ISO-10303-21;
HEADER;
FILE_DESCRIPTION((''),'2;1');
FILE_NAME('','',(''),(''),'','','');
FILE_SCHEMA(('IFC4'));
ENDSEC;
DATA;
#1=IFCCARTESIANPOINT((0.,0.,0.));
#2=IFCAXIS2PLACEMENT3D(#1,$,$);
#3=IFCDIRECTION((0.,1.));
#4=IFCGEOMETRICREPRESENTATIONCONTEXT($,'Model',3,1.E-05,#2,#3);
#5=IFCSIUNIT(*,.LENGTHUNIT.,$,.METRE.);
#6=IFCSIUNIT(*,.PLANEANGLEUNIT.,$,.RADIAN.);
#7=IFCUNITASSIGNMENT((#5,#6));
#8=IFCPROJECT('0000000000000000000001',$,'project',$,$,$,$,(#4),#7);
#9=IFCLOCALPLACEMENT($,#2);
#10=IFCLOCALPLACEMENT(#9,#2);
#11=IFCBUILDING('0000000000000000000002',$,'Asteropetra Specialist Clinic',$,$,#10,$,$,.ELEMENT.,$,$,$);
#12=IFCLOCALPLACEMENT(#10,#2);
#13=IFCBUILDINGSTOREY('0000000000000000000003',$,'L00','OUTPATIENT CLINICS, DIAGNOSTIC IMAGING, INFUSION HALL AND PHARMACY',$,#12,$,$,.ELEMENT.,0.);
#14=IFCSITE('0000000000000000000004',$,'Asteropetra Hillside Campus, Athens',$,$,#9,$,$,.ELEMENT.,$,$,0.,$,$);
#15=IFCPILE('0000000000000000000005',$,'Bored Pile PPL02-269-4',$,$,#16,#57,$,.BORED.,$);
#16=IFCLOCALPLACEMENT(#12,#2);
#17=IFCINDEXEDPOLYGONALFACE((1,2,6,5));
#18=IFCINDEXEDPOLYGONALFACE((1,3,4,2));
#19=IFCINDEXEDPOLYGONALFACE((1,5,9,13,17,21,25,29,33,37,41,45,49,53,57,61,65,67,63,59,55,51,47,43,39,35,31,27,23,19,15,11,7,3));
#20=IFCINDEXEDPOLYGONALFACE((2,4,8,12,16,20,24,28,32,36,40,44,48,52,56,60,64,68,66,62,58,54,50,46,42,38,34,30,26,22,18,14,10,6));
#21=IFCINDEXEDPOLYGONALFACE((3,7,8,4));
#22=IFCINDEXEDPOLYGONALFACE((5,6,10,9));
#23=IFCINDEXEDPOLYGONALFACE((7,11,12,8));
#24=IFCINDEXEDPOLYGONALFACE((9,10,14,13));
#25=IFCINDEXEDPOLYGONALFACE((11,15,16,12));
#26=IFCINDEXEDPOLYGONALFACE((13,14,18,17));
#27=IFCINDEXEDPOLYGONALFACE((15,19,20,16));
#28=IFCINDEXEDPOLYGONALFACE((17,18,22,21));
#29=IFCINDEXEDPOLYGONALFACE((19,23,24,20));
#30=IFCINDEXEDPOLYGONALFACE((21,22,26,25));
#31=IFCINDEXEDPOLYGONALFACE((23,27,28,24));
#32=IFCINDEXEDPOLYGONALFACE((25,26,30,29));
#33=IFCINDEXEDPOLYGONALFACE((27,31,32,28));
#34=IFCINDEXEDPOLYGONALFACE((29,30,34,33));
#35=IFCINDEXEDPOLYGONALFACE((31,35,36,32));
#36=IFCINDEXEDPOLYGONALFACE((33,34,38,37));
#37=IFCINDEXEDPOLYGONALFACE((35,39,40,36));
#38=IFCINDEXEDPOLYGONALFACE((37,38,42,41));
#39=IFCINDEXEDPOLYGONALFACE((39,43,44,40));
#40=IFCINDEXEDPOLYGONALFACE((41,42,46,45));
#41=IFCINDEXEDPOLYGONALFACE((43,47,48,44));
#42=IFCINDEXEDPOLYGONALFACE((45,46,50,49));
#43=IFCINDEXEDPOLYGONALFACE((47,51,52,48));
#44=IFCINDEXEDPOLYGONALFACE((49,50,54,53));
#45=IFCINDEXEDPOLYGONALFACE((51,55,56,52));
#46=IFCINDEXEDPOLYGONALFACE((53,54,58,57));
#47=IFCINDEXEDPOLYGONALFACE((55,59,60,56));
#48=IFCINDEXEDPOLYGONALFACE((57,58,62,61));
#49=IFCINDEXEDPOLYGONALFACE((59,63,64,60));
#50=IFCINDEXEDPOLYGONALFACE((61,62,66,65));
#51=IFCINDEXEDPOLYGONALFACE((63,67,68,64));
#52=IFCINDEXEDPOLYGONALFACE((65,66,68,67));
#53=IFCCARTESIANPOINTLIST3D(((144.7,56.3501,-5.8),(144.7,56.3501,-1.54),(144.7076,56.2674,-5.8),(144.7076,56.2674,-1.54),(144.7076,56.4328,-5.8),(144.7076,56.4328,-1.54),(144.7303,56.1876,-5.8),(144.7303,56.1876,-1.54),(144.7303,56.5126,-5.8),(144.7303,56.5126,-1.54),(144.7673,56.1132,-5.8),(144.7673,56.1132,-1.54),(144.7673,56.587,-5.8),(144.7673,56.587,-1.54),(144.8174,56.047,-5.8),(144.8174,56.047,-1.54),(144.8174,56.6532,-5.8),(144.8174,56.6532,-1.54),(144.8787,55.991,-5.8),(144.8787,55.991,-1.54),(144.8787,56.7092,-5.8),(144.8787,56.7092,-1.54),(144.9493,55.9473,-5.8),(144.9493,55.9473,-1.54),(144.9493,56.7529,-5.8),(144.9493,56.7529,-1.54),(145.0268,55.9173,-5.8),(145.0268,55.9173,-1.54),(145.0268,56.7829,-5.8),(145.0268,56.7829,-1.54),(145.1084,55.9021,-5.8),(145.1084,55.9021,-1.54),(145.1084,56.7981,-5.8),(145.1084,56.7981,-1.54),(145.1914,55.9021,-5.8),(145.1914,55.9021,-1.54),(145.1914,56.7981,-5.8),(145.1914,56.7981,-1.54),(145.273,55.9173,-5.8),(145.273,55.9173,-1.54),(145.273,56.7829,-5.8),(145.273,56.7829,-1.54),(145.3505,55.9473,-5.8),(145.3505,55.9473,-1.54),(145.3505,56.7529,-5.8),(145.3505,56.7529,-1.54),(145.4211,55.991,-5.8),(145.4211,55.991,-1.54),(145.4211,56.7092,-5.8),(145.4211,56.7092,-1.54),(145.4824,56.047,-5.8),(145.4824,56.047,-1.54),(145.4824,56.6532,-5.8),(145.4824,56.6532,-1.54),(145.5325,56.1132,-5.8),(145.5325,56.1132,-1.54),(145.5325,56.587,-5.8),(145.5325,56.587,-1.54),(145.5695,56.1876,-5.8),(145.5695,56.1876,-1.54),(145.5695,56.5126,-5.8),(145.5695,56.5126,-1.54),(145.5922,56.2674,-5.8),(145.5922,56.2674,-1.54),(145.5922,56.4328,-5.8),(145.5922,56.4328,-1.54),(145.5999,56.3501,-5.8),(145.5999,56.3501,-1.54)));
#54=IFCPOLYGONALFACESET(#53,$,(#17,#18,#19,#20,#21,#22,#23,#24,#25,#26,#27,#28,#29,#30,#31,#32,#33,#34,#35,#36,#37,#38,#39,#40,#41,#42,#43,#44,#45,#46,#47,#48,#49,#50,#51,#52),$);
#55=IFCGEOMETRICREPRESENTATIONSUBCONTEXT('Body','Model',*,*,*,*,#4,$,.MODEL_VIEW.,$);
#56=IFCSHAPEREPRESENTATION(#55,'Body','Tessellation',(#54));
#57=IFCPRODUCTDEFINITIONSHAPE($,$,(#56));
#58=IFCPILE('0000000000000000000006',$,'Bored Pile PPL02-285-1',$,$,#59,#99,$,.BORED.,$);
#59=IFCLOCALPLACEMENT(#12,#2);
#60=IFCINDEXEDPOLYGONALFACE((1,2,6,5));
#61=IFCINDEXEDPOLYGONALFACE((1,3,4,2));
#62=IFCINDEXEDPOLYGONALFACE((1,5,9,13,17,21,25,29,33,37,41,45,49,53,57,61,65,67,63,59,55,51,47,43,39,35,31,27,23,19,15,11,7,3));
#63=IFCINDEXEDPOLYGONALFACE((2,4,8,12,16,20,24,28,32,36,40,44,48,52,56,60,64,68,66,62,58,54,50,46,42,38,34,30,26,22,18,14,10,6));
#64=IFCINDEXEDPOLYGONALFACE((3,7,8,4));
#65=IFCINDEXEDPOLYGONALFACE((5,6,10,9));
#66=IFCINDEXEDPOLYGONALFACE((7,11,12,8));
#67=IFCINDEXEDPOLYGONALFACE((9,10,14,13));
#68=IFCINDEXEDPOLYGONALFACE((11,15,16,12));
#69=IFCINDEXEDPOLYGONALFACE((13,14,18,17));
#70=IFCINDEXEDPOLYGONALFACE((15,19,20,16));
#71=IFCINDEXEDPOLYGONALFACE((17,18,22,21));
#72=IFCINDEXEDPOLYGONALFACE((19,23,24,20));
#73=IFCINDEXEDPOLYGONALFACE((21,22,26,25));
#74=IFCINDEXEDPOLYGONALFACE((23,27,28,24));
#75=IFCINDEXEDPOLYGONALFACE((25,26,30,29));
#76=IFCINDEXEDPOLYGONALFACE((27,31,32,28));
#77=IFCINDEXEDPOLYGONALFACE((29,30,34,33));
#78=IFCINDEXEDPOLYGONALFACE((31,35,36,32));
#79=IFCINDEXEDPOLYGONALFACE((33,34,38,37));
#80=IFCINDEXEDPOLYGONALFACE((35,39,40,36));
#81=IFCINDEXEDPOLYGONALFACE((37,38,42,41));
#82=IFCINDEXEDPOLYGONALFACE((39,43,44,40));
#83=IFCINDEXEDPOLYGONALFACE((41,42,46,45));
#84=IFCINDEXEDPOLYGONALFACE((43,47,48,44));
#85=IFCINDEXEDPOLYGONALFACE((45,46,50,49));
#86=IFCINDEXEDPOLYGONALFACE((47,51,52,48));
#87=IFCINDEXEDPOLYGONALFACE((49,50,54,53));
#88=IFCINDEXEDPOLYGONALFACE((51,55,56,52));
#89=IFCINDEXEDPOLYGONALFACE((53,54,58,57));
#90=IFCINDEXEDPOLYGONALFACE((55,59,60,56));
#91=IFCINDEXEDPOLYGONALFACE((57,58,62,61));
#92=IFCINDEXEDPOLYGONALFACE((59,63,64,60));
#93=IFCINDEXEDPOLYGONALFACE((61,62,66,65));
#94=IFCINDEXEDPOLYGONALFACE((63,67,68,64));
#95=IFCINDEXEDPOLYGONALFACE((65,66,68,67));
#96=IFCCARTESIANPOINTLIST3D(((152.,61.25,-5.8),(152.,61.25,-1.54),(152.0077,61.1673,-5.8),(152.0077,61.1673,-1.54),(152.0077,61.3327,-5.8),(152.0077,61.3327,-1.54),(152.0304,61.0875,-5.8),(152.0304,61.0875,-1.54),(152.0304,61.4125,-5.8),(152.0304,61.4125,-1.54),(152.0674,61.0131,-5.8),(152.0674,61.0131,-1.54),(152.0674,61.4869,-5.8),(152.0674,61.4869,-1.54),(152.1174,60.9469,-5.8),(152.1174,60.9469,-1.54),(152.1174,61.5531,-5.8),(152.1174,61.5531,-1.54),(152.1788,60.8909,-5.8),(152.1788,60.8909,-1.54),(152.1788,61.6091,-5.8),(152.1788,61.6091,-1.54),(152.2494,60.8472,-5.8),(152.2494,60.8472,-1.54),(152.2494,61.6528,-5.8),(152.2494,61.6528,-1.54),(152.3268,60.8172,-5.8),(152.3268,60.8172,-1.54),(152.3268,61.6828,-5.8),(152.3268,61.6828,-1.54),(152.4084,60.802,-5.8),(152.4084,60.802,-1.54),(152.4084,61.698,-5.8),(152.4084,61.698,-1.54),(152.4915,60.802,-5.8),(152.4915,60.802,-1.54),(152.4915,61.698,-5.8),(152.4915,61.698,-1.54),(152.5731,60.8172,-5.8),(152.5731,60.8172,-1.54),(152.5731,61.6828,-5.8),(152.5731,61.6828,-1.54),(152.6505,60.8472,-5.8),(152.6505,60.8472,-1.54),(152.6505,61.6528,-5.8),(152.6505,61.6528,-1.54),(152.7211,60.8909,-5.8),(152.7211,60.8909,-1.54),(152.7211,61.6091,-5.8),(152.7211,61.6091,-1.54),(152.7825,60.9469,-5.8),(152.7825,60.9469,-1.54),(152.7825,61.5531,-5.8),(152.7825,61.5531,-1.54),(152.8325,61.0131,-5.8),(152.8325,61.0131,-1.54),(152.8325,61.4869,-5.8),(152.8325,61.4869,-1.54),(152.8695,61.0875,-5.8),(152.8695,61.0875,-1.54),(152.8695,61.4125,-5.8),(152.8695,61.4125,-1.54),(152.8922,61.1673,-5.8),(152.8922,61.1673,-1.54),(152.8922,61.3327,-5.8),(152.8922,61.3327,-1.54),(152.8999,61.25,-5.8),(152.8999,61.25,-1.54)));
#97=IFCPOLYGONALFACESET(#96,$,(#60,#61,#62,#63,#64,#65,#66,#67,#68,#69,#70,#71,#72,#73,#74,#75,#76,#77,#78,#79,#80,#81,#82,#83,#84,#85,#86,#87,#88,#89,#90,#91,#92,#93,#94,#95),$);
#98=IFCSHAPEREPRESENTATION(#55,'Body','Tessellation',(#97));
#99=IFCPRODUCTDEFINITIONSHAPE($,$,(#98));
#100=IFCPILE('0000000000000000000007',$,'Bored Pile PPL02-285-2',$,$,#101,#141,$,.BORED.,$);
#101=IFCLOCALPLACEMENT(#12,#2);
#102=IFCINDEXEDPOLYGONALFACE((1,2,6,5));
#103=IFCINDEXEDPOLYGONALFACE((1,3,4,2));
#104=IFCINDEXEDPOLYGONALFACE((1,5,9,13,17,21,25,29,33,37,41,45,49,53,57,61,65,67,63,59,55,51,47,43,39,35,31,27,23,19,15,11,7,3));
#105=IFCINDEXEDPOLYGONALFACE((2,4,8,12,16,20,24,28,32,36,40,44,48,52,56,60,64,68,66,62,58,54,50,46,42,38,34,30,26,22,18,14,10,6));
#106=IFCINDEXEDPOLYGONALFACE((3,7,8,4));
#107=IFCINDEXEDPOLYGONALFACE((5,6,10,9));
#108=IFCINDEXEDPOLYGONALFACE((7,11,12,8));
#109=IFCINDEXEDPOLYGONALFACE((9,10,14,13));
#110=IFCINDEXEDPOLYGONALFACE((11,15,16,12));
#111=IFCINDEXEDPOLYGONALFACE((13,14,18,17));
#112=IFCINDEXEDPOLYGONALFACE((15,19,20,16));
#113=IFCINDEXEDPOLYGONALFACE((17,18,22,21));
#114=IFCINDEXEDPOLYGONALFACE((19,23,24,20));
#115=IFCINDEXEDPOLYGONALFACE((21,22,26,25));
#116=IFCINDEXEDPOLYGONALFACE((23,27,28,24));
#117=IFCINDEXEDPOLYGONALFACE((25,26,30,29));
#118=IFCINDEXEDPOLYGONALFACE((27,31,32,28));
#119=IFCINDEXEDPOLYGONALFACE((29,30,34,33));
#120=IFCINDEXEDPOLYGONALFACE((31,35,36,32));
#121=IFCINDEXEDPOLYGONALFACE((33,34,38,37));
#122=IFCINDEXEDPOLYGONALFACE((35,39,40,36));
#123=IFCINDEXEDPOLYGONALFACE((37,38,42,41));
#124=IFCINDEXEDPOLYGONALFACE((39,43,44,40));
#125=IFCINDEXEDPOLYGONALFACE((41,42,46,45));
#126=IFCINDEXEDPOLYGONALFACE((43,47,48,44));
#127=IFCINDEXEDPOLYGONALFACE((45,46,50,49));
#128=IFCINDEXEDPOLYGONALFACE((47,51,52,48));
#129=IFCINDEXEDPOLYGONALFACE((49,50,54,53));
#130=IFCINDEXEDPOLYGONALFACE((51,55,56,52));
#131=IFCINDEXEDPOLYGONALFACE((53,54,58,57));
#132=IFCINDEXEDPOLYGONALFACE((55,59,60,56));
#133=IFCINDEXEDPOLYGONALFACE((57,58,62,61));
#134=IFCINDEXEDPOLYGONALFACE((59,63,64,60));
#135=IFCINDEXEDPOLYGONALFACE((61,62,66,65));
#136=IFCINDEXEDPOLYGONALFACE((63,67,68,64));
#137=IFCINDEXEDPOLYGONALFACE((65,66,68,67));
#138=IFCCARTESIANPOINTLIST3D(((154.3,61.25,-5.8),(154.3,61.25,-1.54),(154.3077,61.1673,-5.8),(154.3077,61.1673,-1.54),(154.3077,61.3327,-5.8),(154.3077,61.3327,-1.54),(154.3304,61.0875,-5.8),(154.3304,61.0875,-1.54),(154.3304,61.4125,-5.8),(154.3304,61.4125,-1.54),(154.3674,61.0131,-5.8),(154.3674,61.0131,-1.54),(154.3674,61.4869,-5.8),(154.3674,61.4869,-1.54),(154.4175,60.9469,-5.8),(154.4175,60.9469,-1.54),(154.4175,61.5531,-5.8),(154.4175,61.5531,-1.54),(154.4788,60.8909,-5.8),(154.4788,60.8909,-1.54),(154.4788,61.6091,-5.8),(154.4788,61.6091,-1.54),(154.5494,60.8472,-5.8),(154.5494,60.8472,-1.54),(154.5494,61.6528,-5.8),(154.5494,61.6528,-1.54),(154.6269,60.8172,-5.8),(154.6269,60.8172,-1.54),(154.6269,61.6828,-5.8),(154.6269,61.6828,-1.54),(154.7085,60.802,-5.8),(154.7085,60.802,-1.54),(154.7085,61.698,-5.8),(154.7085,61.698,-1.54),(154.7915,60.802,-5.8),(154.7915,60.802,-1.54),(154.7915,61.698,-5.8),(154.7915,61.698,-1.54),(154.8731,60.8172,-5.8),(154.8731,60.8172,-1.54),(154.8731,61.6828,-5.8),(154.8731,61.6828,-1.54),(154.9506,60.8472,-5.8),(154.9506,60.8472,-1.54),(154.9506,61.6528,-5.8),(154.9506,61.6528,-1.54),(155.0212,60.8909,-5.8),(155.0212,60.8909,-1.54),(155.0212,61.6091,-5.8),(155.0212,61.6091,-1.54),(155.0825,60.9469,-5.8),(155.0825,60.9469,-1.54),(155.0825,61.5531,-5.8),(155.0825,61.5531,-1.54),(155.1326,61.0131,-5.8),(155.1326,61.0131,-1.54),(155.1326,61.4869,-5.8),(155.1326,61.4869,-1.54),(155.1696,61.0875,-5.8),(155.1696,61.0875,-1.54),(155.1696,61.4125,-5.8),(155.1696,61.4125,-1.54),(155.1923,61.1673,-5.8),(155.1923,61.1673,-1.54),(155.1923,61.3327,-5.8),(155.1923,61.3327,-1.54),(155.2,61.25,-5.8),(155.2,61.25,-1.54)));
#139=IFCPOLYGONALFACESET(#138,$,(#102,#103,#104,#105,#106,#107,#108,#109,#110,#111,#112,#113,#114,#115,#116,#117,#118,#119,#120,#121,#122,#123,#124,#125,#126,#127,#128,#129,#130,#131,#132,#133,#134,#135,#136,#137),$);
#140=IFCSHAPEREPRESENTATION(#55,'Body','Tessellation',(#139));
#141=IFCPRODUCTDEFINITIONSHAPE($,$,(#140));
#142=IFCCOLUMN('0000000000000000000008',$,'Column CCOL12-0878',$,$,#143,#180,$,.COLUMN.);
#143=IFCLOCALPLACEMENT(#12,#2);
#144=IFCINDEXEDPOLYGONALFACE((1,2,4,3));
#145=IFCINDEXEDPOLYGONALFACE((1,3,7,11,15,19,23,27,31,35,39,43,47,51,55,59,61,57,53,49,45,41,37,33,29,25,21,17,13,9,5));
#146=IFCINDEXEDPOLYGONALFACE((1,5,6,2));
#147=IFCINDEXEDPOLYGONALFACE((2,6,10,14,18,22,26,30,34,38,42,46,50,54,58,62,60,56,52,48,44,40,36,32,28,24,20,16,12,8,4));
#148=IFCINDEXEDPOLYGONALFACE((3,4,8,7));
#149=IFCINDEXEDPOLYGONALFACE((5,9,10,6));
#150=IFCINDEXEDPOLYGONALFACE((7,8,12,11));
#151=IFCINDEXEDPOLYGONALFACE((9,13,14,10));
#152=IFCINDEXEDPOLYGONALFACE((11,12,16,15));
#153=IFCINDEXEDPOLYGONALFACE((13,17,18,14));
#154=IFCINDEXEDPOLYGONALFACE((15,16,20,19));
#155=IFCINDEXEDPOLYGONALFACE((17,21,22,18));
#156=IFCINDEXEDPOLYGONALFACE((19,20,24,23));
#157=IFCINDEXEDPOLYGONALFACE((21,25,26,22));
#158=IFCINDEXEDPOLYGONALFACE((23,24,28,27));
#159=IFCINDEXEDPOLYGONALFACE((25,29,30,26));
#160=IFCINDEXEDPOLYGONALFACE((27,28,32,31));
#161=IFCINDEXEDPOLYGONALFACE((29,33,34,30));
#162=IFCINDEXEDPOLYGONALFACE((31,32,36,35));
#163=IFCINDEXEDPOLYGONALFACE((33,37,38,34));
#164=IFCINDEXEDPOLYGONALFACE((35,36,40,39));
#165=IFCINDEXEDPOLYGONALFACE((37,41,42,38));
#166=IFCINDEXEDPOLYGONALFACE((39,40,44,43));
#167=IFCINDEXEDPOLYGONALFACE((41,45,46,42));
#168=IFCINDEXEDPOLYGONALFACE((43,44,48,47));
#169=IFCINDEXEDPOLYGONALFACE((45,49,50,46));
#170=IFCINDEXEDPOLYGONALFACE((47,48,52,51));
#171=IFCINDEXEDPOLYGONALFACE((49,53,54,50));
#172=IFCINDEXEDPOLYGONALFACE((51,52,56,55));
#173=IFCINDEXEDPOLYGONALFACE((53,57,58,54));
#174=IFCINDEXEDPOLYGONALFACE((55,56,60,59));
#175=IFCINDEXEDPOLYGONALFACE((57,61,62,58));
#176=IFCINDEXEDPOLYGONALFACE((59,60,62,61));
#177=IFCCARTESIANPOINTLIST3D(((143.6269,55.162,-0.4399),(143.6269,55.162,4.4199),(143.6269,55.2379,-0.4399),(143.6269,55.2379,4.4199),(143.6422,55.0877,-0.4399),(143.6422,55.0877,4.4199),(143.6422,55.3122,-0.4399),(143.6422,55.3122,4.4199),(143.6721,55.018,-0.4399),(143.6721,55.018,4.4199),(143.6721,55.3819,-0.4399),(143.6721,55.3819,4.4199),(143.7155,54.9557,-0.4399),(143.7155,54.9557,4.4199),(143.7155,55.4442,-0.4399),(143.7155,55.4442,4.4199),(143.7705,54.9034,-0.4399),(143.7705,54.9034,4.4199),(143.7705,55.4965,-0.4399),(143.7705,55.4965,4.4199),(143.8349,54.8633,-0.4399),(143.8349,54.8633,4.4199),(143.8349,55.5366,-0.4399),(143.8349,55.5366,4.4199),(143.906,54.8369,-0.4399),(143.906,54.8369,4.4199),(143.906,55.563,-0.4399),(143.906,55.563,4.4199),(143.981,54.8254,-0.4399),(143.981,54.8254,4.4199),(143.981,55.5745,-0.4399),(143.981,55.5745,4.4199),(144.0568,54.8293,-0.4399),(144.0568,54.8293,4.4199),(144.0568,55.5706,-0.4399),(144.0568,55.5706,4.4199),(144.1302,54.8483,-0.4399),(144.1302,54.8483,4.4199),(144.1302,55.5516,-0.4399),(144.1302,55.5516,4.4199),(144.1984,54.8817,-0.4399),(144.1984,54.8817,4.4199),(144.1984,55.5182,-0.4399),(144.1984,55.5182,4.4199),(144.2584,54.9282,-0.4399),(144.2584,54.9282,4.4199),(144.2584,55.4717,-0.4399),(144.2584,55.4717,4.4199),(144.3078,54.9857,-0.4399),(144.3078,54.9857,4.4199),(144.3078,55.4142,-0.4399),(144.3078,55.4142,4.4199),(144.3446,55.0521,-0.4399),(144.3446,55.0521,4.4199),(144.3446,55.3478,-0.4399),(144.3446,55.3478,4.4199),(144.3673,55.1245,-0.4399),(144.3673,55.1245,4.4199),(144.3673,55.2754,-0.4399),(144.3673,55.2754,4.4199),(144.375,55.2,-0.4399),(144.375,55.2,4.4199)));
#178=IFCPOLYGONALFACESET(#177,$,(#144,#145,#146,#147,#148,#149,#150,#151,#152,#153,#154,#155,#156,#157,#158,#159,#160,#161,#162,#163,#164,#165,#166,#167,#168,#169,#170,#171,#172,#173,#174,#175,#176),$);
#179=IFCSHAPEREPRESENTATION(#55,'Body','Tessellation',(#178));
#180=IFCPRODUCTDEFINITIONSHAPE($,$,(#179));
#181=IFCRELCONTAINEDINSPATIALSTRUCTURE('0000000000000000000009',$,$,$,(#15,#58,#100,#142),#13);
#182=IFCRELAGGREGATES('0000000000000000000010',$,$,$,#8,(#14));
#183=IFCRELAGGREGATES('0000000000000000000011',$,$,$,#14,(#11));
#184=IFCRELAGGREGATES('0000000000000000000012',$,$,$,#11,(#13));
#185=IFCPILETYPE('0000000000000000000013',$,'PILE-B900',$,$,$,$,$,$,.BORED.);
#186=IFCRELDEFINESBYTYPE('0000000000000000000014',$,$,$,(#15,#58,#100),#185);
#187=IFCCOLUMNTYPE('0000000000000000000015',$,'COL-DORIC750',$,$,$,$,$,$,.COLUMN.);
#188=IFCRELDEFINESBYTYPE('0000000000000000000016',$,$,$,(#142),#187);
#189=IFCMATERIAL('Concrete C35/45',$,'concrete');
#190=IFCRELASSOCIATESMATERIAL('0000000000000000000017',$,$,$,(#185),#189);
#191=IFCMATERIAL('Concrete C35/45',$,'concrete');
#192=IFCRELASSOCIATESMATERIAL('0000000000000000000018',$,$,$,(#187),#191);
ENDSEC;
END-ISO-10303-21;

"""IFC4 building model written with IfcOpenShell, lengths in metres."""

from ifc_helpers import new_model, si_unit, direction, frame, origin, origin_2d, place, context, subcontext, project, spatial, circle, extrude, material, material_profile, profile_set, type_object, element, save


model = new_model("IFC4")

# Units and contexts
model_context = context("Model", 3, precision=1e-05, world=origin(), true_north=direction((0.0, 1.0)))
body_context = subcontext(model_context, "Body", "Model", "MODEL_VIEW")
ifc_project = project(units=[si_unit("LENGTHUNIT", "METRE"), si_unit("PLANEANGLEUNIT", "RADIAN")], contexts=[model_context])

# Site, building, storey
site_placement = place(None, origin())
site = spatial("IfcSite", under=ifc_project, at=site_placement, Name="Asteropetra Hillside Campus, Athens", CompositionType="ELEMENT", RefElevation=0.0)
building_placement = place(site_placement, origin())
building = spatial("IfcBuilding", under=site, at=building_placement, Name="Asteropetra Specialist Clinic", CompositionType="ELEMENT")
storey_placement = place(building_placement, origin())
storey = spatial("IfcBuildingStorey", under=building, at=storey_placement, Name="L00", Description="OUTPATIENT CLINICS, DIAGNOSTIC IMAGING, INFUSION HALL AND PHARMACY", CompositionType="ELEMENT", Elevation=0.0)

# Piles
ifc_material_1 = material(Name="Concrete C35/45", Category="concrete")
ifc_material_profile_1 = material_profile(ifc_material_1, circle(Radius=0.45, at=origin_2d()), Name="PILE D900")
ifc_profile_set_1 = profile_set([ifc_material_profile_1], Name="Concrete C35/45")
pile_type_1 = type_object("IfcPileType", Name="PILE-B900", PredefinedType="BORED", material=ifc_profile_set_1)
for number, where, z_axis, x_axis, name in (
    (1, (145.1499, 56.3501, -1.54), (0.0, 0.0, -1.0), (1.0, 0.0, 0.0), "Bored Pile PPL02-269-4"),
    (2, (152.45, 61.25, -1.54), (0.0, 0.0, -1.0), (1.0, 0.0, 0.0), "Bored Pile PPL02-285-1"),
    (3, (154.75, 61.25, -1.54), (0.0, 0.0, -1.0), (1.0, 0.0, 0.0), "Bored Pile PPL02-285-2"),
):
    element("IfcPile", number, at=place(storey_placement, frame(where, z_axis=z_axis, x_axis=x_axis)), inside=storey, type_object=pile_type_1, Name=name, PredefinedType="BORED", context=body_context, shape_type="SweptSolid", body=[
        extrude(circle(Radius=0.45, at=origin_2d()), origin(), (0.0, 0.0, 1.0), 4.26),
    ])

# Column
ifc_material_2 = material(Name="Concrete C35/45", Category="concrete")
ifc_material_profile_2 = material_profile(ifc_material_2, circle(Radius=0.375, at=origin_2d()), Name="RCC D750")
ifc_profile_set_2 = profile_set([ifc_material_profile_2], Name="Concrete C35/45")
column_type = type_object("IfcColumnType", Name="COL-DORIC750", PredefinedType="COLUMN", material=ifc_profile_set_2)
for number, where, z_axis, x_axis, name in (
    (4, (144.0, 55.2, -0.4399), (0.0, 0.0, 1.0), (1.0, 0.0, 0.0), "Column CCOL12-0878"),
):
    element("IfcColumn", number, at=place(storey_placement, frame(where, z_axis=z_axis, x_axis=x_axis)), inside=storey, type_object=column_type, Name=name, PredefinedType="COLUMN", context=body_context, shape_type="SweptSolid", body=[
        extrude(circle(Radius=0.375, at=origin_2d()), origin(), (0.0, 0.0, 1.0), 4.8599),
    ])

save(model, "model.ifc")
